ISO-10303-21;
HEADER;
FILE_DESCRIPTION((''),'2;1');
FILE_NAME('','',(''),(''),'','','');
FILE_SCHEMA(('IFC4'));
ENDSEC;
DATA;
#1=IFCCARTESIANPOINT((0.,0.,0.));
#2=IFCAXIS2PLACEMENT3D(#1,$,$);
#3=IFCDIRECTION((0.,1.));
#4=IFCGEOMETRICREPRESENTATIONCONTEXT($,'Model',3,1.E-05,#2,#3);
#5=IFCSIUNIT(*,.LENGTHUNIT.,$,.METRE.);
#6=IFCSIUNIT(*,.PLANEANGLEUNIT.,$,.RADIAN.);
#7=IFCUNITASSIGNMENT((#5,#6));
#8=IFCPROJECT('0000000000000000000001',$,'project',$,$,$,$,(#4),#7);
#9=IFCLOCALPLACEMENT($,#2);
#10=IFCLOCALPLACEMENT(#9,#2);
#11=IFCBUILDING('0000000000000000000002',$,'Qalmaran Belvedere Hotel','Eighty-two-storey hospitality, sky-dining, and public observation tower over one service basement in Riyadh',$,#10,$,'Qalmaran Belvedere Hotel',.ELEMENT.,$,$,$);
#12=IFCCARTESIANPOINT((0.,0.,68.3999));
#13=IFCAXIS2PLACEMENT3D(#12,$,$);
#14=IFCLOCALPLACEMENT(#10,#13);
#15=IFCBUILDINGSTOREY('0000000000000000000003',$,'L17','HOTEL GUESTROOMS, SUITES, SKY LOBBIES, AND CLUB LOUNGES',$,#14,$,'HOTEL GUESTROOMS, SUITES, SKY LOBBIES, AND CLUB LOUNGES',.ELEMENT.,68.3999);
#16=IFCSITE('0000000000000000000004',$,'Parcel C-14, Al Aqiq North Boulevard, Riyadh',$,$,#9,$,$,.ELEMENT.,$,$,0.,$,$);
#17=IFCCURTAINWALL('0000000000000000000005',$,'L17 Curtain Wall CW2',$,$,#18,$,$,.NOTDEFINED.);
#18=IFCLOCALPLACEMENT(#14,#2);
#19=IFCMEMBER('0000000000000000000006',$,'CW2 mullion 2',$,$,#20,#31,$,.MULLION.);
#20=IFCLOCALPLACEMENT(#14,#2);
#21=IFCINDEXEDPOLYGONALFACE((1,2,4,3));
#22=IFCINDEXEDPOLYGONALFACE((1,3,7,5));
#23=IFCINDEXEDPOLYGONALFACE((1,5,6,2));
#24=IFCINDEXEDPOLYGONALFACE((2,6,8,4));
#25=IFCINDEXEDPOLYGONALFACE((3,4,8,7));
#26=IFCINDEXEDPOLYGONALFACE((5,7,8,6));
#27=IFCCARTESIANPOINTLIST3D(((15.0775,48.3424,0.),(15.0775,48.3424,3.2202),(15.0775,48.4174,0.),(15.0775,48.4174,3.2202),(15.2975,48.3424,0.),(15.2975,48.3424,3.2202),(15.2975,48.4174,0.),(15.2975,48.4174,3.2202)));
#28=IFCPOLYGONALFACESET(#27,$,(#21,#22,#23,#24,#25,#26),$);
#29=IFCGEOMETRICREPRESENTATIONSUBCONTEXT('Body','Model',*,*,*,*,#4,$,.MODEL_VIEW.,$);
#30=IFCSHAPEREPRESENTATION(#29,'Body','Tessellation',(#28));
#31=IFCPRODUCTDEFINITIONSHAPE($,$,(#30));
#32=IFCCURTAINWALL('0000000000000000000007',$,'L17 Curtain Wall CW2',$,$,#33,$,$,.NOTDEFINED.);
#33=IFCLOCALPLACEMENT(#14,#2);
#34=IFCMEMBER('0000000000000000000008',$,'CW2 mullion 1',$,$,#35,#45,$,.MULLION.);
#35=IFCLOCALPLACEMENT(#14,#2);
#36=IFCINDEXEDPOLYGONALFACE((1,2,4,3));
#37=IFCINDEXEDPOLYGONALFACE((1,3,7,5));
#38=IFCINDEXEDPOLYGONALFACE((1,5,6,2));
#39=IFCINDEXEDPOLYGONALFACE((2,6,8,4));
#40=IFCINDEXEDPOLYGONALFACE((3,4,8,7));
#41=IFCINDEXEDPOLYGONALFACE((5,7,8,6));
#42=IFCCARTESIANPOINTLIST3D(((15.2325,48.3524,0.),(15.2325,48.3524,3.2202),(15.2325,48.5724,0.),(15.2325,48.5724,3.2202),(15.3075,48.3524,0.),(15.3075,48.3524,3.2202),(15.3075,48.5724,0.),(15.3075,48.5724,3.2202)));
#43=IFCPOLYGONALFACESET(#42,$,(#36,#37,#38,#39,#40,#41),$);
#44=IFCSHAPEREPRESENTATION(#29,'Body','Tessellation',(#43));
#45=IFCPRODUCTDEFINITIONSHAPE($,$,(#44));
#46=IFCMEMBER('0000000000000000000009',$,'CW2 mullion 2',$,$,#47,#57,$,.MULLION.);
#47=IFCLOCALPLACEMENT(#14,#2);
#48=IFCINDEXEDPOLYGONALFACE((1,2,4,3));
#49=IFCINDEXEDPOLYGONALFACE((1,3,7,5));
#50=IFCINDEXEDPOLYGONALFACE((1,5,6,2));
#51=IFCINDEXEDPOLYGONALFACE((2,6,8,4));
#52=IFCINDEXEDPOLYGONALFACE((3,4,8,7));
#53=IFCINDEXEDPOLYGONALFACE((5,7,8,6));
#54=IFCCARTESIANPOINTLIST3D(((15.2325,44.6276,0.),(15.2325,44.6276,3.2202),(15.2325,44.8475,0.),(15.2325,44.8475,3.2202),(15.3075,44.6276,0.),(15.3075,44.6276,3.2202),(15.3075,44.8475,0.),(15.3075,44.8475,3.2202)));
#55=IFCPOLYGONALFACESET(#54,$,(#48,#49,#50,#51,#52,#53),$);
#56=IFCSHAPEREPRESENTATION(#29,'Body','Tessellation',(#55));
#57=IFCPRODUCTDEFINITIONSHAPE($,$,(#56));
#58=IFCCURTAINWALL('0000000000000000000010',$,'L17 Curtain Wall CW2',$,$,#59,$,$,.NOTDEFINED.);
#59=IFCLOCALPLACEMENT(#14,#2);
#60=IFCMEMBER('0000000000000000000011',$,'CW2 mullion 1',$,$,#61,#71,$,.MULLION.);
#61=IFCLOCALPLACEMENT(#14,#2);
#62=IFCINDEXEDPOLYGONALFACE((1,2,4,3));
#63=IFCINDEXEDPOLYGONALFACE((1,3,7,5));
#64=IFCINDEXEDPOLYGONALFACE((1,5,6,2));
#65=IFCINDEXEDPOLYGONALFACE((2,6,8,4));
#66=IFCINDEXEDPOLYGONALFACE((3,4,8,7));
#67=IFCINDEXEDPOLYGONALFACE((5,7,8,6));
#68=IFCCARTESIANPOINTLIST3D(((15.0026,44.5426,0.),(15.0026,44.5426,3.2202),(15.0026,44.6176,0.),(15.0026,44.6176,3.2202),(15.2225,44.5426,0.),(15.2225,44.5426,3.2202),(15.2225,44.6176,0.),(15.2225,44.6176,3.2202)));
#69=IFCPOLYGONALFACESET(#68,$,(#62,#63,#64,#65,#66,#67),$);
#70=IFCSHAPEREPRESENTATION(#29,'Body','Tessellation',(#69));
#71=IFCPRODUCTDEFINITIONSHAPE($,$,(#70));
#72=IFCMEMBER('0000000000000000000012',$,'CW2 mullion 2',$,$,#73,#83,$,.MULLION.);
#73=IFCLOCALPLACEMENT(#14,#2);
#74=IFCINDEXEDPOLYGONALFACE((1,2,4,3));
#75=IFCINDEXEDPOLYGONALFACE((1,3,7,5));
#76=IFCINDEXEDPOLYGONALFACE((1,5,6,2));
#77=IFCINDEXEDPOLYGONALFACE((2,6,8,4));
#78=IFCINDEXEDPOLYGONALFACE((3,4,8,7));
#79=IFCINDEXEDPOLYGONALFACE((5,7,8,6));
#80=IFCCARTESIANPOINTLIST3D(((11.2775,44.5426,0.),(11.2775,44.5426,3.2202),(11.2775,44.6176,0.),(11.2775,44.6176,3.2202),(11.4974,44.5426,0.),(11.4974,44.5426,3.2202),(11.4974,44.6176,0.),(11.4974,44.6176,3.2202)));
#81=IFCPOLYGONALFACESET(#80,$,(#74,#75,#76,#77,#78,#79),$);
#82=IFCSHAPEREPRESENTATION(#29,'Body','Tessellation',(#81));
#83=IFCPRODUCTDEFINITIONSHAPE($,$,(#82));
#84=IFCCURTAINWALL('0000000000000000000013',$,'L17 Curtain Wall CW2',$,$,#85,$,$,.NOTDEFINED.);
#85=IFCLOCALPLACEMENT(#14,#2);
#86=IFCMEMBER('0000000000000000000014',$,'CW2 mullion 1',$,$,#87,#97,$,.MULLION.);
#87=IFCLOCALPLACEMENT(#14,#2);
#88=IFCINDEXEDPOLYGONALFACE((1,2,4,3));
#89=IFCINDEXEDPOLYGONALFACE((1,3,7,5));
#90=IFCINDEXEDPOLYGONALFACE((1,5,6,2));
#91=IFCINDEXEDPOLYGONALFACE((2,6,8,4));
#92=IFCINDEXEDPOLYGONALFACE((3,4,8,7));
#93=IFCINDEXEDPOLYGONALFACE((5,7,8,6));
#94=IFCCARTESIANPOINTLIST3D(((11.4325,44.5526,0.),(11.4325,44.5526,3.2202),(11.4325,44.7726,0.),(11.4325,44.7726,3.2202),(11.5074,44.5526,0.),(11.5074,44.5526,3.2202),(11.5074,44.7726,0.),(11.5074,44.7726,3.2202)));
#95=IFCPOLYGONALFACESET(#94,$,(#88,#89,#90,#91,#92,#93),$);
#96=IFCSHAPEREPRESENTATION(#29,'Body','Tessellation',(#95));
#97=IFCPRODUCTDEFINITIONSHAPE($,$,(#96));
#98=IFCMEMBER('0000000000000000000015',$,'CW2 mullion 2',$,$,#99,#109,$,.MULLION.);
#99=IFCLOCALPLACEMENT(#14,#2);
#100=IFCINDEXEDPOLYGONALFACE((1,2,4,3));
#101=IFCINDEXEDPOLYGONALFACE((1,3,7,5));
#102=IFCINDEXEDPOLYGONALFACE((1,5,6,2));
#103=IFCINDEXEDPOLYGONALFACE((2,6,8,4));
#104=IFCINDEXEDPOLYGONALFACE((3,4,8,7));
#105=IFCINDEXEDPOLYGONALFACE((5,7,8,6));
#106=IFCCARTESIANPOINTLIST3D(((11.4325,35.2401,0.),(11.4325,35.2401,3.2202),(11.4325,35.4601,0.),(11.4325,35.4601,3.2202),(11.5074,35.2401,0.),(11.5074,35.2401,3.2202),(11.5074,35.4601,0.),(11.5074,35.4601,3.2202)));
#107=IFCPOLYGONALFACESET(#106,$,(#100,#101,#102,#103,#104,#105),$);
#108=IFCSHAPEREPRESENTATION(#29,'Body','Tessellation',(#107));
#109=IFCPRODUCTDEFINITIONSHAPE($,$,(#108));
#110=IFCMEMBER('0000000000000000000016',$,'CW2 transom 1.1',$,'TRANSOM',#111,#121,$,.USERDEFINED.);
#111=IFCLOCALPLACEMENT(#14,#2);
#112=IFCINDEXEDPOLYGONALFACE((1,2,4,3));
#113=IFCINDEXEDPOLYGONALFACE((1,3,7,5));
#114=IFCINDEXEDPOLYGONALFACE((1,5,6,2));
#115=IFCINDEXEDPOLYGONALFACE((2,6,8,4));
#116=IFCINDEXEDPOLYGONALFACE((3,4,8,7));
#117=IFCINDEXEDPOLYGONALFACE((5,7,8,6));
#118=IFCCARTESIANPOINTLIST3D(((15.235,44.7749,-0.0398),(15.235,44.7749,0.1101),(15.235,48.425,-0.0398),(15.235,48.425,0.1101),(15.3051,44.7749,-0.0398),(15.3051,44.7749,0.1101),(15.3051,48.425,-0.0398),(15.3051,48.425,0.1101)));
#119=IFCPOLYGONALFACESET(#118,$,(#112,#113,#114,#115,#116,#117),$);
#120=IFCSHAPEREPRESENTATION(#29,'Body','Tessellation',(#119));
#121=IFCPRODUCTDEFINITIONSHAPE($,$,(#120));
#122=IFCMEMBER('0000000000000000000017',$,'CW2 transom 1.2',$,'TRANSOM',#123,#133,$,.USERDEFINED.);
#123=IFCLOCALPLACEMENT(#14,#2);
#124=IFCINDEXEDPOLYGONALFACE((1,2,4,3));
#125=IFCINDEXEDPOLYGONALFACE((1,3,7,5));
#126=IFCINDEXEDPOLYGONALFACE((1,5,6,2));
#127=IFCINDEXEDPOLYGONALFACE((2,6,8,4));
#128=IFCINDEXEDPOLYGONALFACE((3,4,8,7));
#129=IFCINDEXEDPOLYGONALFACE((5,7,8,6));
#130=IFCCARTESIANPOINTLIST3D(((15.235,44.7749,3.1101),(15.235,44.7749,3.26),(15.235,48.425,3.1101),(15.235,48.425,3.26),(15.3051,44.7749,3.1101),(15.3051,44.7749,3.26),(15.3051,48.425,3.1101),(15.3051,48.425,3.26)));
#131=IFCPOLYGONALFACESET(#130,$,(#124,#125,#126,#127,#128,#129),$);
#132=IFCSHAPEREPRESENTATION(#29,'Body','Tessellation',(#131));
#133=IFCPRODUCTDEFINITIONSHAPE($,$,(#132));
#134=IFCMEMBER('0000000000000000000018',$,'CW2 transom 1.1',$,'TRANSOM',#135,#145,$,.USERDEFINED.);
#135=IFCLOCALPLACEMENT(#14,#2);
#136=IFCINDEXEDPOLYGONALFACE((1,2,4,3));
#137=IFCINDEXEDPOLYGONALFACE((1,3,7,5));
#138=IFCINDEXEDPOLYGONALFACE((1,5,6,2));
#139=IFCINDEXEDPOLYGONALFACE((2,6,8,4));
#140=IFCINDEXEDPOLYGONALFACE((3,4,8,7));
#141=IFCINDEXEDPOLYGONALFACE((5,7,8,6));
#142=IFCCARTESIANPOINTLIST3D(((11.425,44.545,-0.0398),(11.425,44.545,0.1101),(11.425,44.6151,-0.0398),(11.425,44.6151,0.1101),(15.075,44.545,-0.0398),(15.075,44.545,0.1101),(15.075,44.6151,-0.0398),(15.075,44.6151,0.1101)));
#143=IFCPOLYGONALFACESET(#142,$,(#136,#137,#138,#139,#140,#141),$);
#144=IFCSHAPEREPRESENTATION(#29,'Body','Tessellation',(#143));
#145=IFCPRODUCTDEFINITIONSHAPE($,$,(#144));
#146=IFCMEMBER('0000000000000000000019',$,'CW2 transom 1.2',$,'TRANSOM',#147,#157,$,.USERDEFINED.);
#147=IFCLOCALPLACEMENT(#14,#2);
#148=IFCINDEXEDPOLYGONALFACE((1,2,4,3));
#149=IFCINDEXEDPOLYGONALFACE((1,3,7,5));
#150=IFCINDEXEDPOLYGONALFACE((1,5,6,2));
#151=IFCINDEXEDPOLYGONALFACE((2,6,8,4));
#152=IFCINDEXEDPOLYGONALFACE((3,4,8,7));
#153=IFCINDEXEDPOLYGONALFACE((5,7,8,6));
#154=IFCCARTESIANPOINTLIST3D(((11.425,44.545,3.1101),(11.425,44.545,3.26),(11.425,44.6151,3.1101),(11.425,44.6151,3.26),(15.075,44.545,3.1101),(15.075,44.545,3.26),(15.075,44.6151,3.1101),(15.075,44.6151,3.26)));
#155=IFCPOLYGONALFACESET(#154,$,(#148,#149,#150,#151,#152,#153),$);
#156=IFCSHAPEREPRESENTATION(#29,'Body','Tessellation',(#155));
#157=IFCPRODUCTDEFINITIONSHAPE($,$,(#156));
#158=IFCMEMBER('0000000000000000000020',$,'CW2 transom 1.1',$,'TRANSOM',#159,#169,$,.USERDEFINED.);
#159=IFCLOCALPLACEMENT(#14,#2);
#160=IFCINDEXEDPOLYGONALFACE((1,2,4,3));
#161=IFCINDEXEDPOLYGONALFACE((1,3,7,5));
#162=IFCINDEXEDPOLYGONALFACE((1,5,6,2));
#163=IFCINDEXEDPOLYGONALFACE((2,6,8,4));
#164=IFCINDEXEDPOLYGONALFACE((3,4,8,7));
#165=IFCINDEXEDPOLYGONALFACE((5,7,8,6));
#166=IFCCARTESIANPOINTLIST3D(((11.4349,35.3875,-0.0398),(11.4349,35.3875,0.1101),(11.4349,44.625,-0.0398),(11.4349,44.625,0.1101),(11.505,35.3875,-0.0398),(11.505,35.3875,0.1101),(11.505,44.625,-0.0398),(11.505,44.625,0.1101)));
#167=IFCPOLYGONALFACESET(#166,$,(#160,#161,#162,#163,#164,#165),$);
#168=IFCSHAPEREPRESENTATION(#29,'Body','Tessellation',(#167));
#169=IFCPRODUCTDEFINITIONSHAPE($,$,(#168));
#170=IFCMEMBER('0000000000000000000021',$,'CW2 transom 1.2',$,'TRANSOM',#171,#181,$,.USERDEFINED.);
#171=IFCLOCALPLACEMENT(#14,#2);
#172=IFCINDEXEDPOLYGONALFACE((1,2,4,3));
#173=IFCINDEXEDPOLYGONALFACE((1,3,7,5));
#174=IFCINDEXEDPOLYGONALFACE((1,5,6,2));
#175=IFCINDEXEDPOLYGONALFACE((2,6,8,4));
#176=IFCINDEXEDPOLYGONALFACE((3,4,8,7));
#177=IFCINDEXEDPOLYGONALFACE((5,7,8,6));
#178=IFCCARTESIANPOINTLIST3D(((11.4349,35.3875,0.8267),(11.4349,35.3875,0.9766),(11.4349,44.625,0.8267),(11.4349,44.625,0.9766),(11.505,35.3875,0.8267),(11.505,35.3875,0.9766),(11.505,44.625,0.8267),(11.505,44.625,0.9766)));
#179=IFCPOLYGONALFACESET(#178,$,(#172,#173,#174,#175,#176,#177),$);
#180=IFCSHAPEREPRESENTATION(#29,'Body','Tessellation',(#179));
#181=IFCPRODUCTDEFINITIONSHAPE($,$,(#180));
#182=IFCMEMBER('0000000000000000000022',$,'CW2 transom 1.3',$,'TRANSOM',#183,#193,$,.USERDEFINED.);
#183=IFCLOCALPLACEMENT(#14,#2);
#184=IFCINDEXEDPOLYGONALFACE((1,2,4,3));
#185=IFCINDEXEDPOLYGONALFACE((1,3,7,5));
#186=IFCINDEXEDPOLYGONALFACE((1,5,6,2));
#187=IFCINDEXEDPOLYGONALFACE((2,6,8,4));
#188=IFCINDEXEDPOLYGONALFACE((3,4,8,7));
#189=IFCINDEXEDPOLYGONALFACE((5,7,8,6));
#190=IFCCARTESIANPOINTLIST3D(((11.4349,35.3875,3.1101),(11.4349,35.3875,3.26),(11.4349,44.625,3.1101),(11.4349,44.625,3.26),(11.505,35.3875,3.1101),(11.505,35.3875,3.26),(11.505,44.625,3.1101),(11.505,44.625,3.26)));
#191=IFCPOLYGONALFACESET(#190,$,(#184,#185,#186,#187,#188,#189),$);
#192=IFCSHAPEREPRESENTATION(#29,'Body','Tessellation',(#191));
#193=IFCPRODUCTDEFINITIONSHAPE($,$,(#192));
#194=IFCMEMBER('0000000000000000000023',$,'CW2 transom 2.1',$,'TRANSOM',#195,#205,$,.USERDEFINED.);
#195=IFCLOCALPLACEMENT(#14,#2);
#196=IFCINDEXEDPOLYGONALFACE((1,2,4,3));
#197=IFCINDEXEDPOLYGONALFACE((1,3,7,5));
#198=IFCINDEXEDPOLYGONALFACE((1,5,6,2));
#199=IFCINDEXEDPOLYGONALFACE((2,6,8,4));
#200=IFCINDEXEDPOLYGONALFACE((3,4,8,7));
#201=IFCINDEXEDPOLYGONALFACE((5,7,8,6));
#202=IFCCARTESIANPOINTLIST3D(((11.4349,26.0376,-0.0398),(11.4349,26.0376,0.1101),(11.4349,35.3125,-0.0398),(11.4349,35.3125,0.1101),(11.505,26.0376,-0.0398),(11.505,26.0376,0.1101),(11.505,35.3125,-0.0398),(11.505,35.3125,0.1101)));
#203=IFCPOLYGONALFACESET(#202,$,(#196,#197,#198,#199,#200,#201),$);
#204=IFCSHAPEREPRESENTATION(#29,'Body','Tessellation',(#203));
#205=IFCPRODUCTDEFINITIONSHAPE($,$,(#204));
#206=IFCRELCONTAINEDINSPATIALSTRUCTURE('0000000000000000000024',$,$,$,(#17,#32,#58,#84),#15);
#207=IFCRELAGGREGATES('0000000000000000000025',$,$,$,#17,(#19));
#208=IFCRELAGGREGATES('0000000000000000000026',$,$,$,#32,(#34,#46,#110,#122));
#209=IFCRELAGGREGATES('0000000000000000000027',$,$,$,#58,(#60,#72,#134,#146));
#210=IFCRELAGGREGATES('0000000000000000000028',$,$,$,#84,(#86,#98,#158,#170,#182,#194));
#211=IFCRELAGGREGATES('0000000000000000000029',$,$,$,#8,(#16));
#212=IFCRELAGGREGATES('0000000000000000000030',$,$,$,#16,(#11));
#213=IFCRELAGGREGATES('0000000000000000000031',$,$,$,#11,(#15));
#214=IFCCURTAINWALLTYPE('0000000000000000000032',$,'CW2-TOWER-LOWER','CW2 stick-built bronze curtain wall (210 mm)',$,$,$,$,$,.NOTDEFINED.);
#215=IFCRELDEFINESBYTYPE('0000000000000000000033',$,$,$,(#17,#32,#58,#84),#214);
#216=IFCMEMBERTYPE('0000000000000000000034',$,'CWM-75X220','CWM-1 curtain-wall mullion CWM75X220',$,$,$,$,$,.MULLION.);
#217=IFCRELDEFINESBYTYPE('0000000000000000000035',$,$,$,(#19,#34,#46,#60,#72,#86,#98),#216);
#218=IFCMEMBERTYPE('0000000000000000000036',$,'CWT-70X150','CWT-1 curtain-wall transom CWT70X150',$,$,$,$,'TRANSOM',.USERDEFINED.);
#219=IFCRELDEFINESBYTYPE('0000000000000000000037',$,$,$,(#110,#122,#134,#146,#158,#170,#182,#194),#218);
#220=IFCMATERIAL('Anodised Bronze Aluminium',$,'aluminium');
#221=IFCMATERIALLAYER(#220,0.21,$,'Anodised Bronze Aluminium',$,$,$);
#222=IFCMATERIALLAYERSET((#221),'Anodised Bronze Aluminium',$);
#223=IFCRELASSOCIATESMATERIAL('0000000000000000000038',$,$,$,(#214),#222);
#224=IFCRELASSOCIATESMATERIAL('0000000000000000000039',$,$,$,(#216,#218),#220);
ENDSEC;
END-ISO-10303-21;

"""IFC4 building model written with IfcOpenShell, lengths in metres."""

from ifc_helpers import new_model, si_unit, direction, frame, origin, origin_2d, place, context, subcontext, project, spatial, rectangle, extrude, material, layer, layer_set, material_profile, profile_set, type_object, element, aggregate, save


model = new_model("IFC4")

# Units and contexts
model_context = context("Model", 3, precision=1e-05, world=origin(), true_north=direction((0.0, 1.0)))
body_context = subcontext(model_context, "Body", "Model", "MODEL_VIEW")
ifc_project = project(units=[si_unit("LENGTHUNIT", "METRE"), si_unit("PLANEANGLEUNIT", "RADIAN")], contexts=[model_context])

# Site, building, storey
site_placement = place(None, origin())
site = spatial("IfcSite", under=ifc_project, at=site_placement, Name="Parcel C-14, Al Aqiq North Boulevard, Riyadh", CompositionType="ELEMENT", RefElevation=0.0)
building_placement = place(site_placement, origin())
building = spatial("IfcBuilding", under=site, at=building_placement, Name="Qalmaran Belvedere Hotel", Description="Eighty-two-storey hospitality, sky-dining, and public observation tower over one service basement in Riyadh", LongName="Qalmaran Belvedere Hotel", CompositionType="ELEMENT")
storey_placement = place(building_placement, frame((0.0, 0.0, 68.3999)))
storey = spatial("IfcBuildingStorey", under=building, at=storey_placement, Name="L17", Description="HOTEL GUESTROOMS, SUITES, SKY LOBBIES, AND CLUB LOUNGES", LongName="HOTEL GUESTROOMS, SUITES, SKY LOBBIES, AND CLUB LOUNGES", CompositionType="ELEMENT", Elevation=68.3999)

# Curtain wall, member
ifc_material_1 = material(Name="Anodised Bronze Aluminium", Category="aluminium")
ifc_layer_1 = layer(ifc_material_1, 0.21, Name="Anodised Bronze Aluminium")
ifc_layer_set_1 = layer_set([ifc_layer_1], Name="Anodised Bronze Aluminium")
curtain_wall_type = type_object("IfcCurtainWallType", Name="CW2-TOWER-LOWER", Description="CW2 stick-built bronze curtain wall (210 mm)", PredefinedType="NOTDEFINED", material=ifc_layer_set_1)
curtain_wall_1_placement = place(storey_placement, origin())
curtain_wall_1 = element("IfcCurtainWall", 1, at=curtain_wall_1_placement, inside=storey, type_object=curtain_wall_type, Name="L17 Curtain Wall CW2", PredefinedType="NOTDEFINED")
ifc_material_profile_1 = material_profile(ifc_material_1, rectangle(XDim=0.075, YDim=0.22, at=origin_2d()), Name="CWM75X220")
ifc_profile_set_1 = profile_set([ifc_material_profile_1], Name="Anodised Bronze Aluminium")
member_type_1 = type_object("IfcMemberType", Name="CWM-75X220", Description="CWM-1 curtain-wall mullion CWM75X220", PredefinedType="MULLION", material=ifc_profile_set_1)
member_1_placement = place(storey_placement, frame((15.1875, 48.3799, 0.0), z_axis=(0.0, 0.0, 1.0), x_axis=(0.0, -1.0, 0.0)))
member_1 = element("IfcMember", 2, at=member_1_placement, type_object=member_type_1, Name="CW2 mullion 2", PredefinedType="MULLION", context=body_context, shape_type="SweptSolid", body=[
    extrude(rectangle(XDim=0.075, YDim=0.22, at=origin_2d()), origin(), (0.0, 0.0, 1.0), 3.2202),
])
aggregate(curtain_wall_1, [member_1])

# Curtain walls, members
curtain_wall_2_placement = place(storey_placement, origin())
curtain_wall_2 = element("IfcCurtainWall", 3, at=curtain_wall_2_placement, inside=storey, type_object=curtain_wall_type, Name="L17 Curtain Wall CW2", PredefinedType="NOTDEFINED")
member_2_placement = place(storey_placement, frame((15.27, 48.4624, 0.0), z_axis=(0.0, 0.0, 1.0), x_axis=(1.0, 0.0, 0.0)))
member_2 = element("IfcMember", 4, at=member_2_placement, type_object=member_type_1, Name="CW2 mullion 1", PredefinedType="MULLION", context=body_context, shape_type="SweptSolid", body=[
    extrude(rectangle(XDim=0.075, YDim=0.22, at=origin_2d()), origin(), (0.0, 0.0, 1.0), 3.2202),
])
member_3_placement = place(storey_placement, frame((15.27, 44.7375, 0.0), z_axis=(0.0, 0.0, 1.0), x_axis=(1.0, 0.0, 0.0)))
member_3 = element("IfcMember", 5, at=member_3_placement, type_object=member_type_1, Name="CW2 mullion 2", PredefinedType="MULLION", context=body_context, shape_type="SweptSolid", body=[
    extrude(rectangle(XDim=0.075, YDim=0.22, at=origin_2d()), origin(), (0.0, 0.0, 1.0), 3.2202),
])
curtain_wall_3_placement = place(storey_placement, origin())
curtain_wall_3 = element("IfcCurtainWall", 6, at=curtain_wall_3_placement, inside=storey, type_object=curtain_wall_type, Name="L17 Curtain Wall CW2", PredefinedType="NOTDEFINED")
member_4_placement = place(storey_placement, frame((15.1125, 44.5801, 0.0), z_axis=(0.0, 0.0, 1.0), x_axis=(0.0, -1.0, 0.0)))
member_4 = element("IfcMember", 7, at=member_4_placement, type_object=member_type_1, Name="CW2 mullion 1", PredefinedType="MULLION", context=body_context, shape_type="SweptSolid", body=[
    extrude(rectangle(XDim=0.075, YDim=0.22, at=origin_2d()), origin(), (0.0, 0.0, 1.0), 3.2202),
])
member_5_placement = place(storey_placement, frame((11.3875, 44.5801, 0.0), z_axis=(0.0, 0.0, 1.0), x_axis=(0.0, -1.0, 0.0)))
member_5 = element("IfcMember", 8, at=member_5_placement, type_object=member_type_1, Name="CW2 mullion 2", PredefinedType="MULLION", context=body_context, shape_type="SweptSolid", body=[
    extrude(rectangle(XDim=0.075, YDim=0.22, at=origin_2d()), origin(), (0.0, 0.0, 1.0), 3.2202),
])
curtain_wall_4_placement = place(storey_placement, origin())
curtain_wall_4 = element("IfcCurtainWall", 9, at=curtain_wall_4_placement, inside=storey, type_object=curtain_wall_type, Name="L17 Curtain Wall CW2", PredefinedType="NOTDEFINED")
member_6_placement = place(storey_placement, frame((11.47, 44.6626, 0.0), z_axis=(0.0, 0.0, 1.0), x_axis=(1.0, 0.0, 0.0)))
member_6 = element("IfcMember", 10, at=member_6_placement, type_object=member_type_1, Name="CW2 mullion 1", PredefinedType="MULLION", context=body_context, shape_type="SweptSolid", body=[
    extrude(rectangle(XDim=0.075, YDim=0.22, at=origin_2d()), origin(), (0.0, 0.0, 1.0), 3.2202),
])
member_7_placement = place(storey_placement, frame((11.47, 35.3501, 0.0), z_axis=(0.0, 0.0, 1.0), x_axis=(1.0, 0.0, 0.0)))
member_7 = element("IfcMember", 11, at=member_7_placement, type_object=member_type_1, Name="CW2 mullion 2", PredefinedType="MULLION", context=body_context, shape_type="SweptSolid", body=[
    extrude(rectangle(XDim=0.075, YDim=0.22, at=origin_2d()), origin(), (0.0, 0.0, 1.0), 3.2202),
])

# Members
ifc_material_profile_2 = material_profile(ifc_material_1, rectangle(XDim=0.0701, YDim=0.1499, at=origin_2d()), Name="CWT70X150")
ifc_profile_set_2 = profile_set([ifc_material_profile_2], Name="Anodised Bronze Aluminium")
member_type_2 = type_object("IfcMemberType", Name="CWT-70X150", Description="CWT-1 curtain-wall transom CWT70X150", ElementType="TRANSOM", PredefinedType="USERDEFINED", material=ifc_profile_set_2)
member_8_placement = place(storey_placement, frame((15.27, 48.425, 0.0352), z_axis=(0.0, -1.0, 0.0), x_axis=(1.0, 0.0, 0.0)))
member_8 = element("IfcMember", 12, at=member_8_placement, type_object=member_type_2, Name="CW2 transom 1.1", ObjectType="TRANSOM", PredefinedType="USERDEFINED", context=body_context, shape_type="SweptSolid", body=[
    extrude(rectangle(XDim=0.0701, YDim=0.1499, at=origin_2d()), origin(), (0.0, 0.0, 1.0), 3.6501),
])
member_9_placement = place(storey_placement, frame((15.27, 48.425, 3.1851), z_axis=(0.0, -1.0, 0.0), x_axis=(1.0, 0.0, 0.0)))
member_9 = element("IfcMember", 13, at=member_9_placement, type_object=member_type_2, Name="CW2 transom 1.2", ObjectType="TRANSOM", PredefinedType="USERDEFINED", context=body_context, shape_type="SweptSolid", body=[
    extrude(rectangle(XDim=0.0701, YDim=0.1499, at=origin_2d()), origin(), (0.0, 0.0, 1.0), 3.6501),
])
member_10_placement = place(storey_placement, frame((15.075, 44.5801, 0.0352), z_axis=(-1.0, 0.0, 0.0), x_axis=(0.0, -1.0, 0.0)))
member_10 = element("IfcMember", 14, at=member_10_placement, type_object=member_type_2, Name="CW2 transom 1.1", ObjectType="TRANSOM", PredefinedType="USERDEFINED", context=body_context, shape_type="SweptSolid", body=[
    extrude(rectangle(XDim=0.0701, YDim=0.1499, at=origin_2d()), origin(), (0.0, 0.0, 1.0), 3.6499),
])
member_11_placement = place(storey_placement, frame((15.075, 44.5801, 3.1851), z_axis=(-1.0, 0.0, 0.0), x_axis=(0.0, -1.0, 0.0)))
member_11 = element("IfcMember", 15, at=member_11_placement, type_object=member_type_2, Name="CW2 transom 1.2", ObjectType="TRANSOM", PredefinedType="USERDEFINED", context=body_context, shape_type="SweptSolid", body=[
    extrude(rectangle(XDim=0.0701, YDim=0.1499, at=origin_2d()), origin(), (0.0, 0.0, 1.0), 3.6499),
])
member_12_placement = place(storey_placement, frame((11.47, 44.625, 0.0352), z_axis=(0.0, -1.0, 0.0), x_axis=(1.0, 0.0, 0.0)))
member_12 = element("IfcMember", 16, at=member_12_placement, type_object=member_type_2, Name="CW2 transom 1.1", ObjectType="TRANSOM", PredefinedType="USERDEFINED", context=body_context, shape_type="SweptSolid", body=[
    extrude(rectangle(XDim=0.0701, YDim=0.1499, at=origin_2d()), origin(), (0.0, 0.0, 1.0), 9.2375),
])
member_13_placement = place(storey_placement, frame((11.47, 44.625, 0.9016), z_axis=(0.0, -1.0, 0.0), x_axis=(1.0, 0.0, 0.0)))
member_13 = element("IfcMember", 17, at=member_13_placement, type_object=member_type_2, Name="CW2 transom 1.2", ObjectType="TRANSOM", PredefinedType="USERDEFINED", context=body_context, shape_type="SweptSolid", body=[
    extrude(rectangle(XDim=0.0701, YDim=0.1499, at=origin_2d()), origin(), (0.0, 0.0, 1.0), 9.2375),
])
member_14_placement = place(storey_placement, frame((11.47, 44.625, 3.1851), z_axis=(0.0, -1.0, 0.0), x_axis=(1.0, 0.0, 0.0)))
member_14 = element("IfcMember", 18, at=member_14_placement, type_object=member_type_2, Name="CW2 transom 1.3", ObjectType="TRANSOM", PredefinedType="USERDEFINED", context=body_context, shape_type="SweptSolid", body=[
    extrude(rectangle(XDim=0.0701, YDim=0.1499, at=origin_2d()), origin(), (0.0, 0.0, 1.0), 9.2375),
])
member_15_placement = place(storey_placement, frame((11.47, 35.3125, 0.0352), z_axis=(0.0, -1.0, 0.0), x_axis=(1.0, 0.0, 0.0)))
member_15 = element("IfcMember", 19, at=member_15_placement, type_object=member_type_2, Name="CW2 transom 2.1", ObjectType="TRANSOM", PredefinedType="USERDEFINED", context=body_context, shape_type="SweptSolid", body=[
    extrude(rectangle(XDim=0.0701, YDim=0.1499, at=origin_2d()), origin(), (0.0, 0.0, 1.0), 9.2749),
])

aggregate(curtain_wall_2, [member_2, member_3, member_8, member_9])
aggregate(curtain_wall_3, [member_4, member_5, member_10, member_11])
aggregate(curtain_wall_4, [member_6, member_7, member_12, member_13, member_14, member_15])

save(model, "model.ifc")
